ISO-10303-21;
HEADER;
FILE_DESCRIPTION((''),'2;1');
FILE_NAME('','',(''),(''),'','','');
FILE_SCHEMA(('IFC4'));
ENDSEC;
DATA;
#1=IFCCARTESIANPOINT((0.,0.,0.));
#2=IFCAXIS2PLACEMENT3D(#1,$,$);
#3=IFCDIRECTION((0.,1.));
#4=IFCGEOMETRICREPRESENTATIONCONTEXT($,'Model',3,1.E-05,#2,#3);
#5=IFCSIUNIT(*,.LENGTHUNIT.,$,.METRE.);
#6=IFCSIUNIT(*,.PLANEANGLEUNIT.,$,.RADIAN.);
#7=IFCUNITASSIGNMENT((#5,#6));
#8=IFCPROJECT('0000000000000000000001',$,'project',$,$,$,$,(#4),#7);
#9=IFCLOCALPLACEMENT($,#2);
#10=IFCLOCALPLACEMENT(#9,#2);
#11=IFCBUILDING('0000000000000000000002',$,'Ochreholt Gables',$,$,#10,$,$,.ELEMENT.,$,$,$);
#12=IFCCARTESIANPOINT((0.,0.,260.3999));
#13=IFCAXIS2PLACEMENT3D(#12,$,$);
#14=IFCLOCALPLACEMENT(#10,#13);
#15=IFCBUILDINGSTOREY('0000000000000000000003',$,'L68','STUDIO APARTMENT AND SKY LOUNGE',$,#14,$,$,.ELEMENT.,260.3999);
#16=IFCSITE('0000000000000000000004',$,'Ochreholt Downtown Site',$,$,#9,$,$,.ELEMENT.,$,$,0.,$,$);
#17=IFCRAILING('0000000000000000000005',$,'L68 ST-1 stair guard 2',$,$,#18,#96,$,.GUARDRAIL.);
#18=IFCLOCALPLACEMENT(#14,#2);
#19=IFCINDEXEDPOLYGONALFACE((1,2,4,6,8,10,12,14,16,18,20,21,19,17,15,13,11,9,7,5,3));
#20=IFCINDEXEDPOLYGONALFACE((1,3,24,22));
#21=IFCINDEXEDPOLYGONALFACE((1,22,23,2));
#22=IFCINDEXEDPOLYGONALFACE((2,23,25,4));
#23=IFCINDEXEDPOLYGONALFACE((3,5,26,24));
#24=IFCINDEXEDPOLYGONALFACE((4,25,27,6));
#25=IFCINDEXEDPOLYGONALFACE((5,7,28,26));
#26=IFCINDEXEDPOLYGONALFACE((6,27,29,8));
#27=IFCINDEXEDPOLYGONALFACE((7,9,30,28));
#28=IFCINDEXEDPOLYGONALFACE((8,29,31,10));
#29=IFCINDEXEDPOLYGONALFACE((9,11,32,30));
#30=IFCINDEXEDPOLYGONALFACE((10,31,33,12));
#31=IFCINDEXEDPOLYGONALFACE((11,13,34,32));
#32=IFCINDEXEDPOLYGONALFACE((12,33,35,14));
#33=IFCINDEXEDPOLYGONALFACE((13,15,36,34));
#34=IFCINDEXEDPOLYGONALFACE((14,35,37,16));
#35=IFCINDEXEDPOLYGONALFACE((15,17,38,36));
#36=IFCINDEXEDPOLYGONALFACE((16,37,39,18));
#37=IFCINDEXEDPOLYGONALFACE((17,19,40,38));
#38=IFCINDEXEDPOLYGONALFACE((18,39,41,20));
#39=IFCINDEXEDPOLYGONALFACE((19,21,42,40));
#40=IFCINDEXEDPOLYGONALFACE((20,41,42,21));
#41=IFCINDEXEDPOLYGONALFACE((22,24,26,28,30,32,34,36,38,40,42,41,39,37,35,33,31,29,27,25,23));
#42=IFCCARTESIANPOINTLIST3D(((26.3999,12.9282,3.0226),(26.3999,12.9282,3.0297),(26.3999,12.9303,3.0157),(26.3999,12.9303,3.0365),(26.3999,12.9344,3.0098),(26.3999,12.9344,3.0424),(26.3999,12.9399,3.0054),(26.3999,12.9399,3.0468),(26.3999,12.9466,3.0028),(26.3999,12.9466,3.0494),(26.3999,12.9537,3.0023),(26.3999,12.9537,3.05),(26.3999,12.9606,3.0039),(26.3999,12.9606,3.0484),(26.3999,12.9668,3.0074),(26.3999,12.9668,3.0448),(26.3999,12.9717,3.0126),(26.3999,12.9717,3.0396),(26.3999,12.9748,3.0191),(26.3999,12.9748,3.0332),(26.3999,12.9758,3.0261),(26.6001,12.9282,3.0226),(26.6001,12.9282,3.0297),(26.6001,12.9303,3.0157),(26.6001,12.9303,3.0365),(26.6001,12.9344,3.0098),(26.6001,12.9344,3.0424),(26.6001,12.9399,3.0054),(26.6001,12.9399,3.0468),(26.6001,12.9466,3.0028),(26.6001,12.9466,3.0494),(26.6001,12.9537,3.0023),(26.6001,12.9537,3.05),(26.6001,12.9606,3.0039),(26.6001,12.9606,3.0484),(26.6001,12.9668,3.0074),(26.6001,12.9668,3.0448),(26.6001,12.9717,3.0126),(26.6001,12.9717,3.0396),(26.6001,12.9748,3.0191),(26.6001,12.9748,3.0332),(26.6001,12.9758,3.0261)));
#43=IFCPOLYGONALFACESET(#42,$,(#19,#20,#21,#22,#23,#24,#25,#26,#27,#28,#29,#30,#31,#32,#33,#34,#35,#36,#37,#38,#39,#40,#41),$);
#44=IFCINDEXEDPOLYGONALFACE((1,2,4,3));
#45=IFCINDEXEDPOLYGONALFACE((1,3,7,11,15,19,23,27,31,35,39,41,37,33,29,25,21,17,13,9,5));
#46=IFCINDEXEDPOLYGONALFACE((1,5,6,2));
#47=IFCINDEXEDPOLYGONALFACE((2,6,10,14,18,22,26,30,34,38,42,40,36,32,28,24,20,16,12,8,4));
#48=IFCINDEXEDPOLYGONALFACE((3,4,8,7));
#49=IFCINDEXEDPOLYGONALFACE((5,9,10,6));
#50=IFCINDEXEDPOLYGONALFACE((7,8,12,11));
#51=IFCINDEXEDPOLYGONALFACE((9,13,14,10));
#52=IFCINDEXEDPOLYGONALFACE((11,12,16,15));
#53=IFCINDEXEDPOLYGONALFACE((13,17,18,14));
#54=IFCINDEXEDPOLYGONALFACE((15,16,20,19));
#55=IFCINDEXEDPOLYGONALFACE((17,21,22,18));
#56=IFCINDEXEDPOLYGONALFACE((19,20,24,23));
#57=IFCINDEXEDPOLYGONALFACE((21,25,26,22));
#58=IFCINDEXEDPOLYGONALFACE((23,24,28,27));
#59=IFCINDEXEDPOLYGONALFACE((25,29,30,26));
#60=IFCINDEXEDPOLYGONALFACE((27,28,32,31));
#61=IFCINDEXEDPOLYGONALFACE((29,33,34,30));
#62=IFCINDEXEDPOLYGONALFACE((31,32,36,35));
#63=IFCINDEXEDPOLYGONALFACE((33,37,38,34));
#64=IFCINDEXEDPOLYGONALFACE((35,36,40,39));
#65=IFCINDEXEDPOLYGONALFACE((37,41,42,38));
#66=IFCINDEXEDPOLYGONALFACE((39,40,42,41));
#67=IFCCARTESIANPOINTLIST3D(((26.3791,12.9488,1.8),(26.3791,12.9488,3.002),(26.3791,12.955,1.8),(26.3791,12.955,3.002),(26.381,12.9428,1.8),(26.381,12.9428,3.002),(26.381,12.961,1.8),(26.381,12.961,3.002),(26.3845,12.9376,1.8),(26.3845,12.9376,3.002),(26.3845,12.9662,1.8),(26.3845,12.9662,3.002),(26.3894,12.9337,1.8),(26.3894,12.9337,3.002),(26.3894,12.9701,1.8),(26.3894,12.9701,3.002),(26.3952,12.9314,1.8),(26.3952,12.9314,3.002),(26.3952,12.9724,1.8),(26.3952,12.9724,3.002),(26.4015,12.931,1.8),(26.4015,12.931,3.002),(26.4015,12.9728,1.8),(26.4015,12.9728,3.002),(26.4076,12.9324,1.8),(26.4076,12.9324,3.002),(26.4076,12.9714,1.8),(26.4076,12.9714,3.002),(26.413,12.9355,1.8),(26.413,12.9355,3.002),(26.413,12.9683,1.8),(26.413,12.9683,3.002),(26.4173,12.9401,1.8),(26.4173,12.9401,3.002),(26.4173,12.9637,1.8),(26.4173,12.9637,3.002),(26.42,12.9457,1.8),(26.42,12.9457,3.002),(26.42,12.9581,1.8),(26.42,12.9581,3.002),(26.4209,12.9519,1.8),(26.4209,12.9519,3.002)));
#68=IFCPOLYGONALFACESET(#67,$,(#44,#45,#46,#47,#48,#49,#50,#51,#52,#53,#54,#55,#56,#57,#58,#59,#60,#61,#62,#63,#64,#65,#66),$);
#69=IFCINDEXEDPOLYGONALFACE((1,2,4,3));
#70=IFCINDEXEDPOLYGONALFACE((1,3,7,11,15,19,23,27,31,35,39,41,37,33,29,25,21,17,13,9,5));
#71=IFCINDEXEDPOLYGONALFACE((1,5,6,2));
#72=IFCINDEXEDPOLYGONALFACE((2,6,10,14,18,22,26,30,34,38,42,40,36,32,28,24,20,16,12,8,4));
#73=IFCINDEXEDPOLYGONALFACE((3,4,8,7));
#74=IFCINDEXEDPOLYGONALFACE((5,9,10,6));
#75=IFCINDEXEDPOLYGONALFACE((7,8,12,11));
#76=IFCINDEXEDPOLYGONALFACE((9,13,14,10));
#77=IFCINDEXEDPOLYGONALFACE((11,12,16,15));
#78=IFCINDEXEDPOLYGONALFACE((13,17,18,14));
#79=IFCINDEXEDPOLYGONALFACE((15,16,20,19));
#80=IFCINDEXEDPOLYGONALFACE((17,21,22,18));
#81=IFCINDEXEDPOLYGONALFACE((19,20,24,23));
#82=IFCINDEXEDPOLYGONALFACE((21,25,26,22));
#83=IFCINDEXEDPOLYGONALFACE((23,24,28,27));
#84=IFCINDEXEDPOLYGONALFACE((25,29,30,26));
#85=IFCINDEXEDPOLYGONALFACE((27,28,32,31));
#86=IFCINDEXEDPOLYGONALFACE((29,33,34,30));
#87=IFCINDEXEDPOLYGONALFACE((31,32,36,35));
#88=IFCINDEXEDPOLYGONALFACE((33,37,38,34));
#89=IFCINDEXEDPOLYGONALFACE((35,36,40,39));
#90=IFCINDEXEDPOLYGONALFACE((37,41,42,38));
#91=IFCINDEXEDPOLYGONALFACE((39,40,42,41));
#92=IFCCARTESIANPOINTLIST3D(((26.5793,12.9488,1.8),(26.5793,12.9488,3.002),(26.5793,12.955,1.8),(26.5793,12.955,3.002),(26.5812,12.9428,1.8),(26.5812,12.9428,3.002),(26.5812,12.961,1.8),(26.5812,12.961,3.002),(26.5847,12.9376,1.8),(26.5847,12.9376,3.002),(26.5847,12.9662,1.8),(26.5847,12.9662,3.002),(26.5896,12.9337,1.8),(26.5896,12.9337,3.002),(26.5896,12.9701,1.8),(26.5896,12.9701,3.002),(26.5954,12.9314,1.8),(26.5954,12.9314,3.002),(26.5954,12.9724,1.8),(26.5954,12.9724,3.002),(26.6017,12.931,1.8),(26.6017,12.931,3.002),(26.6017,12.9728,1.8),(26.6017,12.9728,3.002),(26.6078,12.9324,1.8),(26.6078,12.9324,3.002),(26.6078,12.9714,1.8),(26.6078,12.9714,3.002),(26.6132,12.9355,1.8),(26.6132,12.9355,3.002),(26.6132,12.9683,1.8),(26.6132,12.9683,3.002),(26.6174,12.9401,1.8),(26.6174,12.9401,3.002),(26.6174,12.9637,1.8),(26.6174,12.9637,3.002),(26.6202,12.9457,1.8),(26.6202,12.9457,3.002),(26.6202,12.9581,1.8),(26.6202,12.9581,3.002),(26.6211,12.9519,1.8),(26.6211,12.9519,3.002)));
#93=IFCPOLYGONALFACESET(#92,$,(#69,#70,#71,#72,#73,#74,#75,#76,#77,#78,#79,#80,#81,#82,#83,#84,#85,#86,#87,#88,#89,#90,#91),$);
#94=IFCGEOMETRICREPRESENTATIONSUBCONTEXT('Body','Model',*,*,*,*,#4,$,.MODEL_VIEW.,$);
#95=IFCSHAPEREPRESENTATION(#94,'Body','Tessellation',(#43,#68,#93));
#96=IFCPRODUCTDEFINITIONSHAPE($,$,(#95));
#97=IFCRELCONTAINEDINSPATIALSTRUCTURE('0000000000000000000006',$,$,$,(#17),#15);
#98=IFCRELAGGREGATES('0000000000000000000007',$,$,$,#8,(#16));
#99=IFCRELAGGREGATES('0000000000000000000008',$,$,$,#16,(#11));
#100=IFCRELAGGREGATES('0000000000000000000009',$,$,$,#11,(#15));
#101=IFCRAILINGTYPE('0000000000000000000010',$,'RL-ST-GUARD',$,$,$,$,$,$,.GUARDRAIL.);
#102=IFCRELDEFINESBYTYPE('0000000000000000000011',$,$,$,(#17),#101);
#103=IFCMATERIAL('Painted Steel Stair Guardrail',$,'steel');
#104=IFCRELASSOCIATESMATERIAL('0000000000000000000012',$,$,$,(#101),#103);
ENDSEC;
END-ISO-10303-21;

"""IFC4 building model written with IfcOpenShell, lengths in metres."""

from ifc_helpers import new_model, si_unit, direction, frame, origin, origin_2d, place, context, subcontext, project, spatial, circle, extrude, material, type_object, element, save


model = new_model("IFC4")

# Units and contexts
model_context = context("Model", 3, precision=1e-05, world=origin(), true_north=direction((0.0, 1.0)))
body_context = subcontext(model_context, "Body", "Model", "MODEL_VIEW")
ifc_project = project(units=[si_unit("LENGTHUNIT", "METRE"), si_unit("PLANEANGLEUNIT", "RADIAN")], contexts=[model_context])

# Site, building, storey
site_placement = place(None, origin())
site = spatial("IfcSite", under=ifc_project, at=site_placement, Name="Ochreholt Downtown Site", CompositionType="ELEMENT", RefElevation=0.0)
building_placement = place(site_placement, origin())
building = spatial("IfcBuilding", under=site, at=building_placement, Name="Ochreholt Gables", CompositionType="ELEMENT")
storey_placement = place(building_placement, frame((0.0, 0.0, 260.3999)))
storey = spatial("IfcBuildingStorey", under=building, at=storey_placement, Name="L68", Description="STUDIO APARTMENT AND SKY LOUNGE", CompositionType="ELEMENT", Elevation=260.3999)

# Railing
ifc_material_1 = material(Name="Painted Steel Stair Guardrail", Category="steel")
railing_type_1 = type_object("IfcRailingType", Name="RL-ST-GUARD", PredefinedType="GUARDRAIL", material=ifc_material_1)
railing_1_placement = place(storey_placement, frame((26.3999, 12.9519, 1.8)))
element("IfcRailing", 1, at=railing_1_placement, inside=storey, type_object=railing_type_1, Name="L68 ST-1 stair guard 2", PredefinedType="GUARDRAIL", context=body_context, shape_type="SweptSolid", body=[
    extrude(circle(Radius=0.0239, at=origin_2d()), frame((0.0, 0.0, 1.2261), z_axis=(1.0, 0.0, 0.0), x_axis=(0.0, 1.0, 0.0)), (0.0, 0.0, 1.0), 0.2002),
    extrude(circle(Radius=0.021, at=origin_2d()), origin(), (0.0, 0.0, 1.0), 1.2019),
    extrude(circle(Radius=0.021, at=origin_2d()), frame((0.2002, 0.0, 0.0)), (0.0, 0.0, 1.0), 1.2019),
])

save(model, "model.ifc")
